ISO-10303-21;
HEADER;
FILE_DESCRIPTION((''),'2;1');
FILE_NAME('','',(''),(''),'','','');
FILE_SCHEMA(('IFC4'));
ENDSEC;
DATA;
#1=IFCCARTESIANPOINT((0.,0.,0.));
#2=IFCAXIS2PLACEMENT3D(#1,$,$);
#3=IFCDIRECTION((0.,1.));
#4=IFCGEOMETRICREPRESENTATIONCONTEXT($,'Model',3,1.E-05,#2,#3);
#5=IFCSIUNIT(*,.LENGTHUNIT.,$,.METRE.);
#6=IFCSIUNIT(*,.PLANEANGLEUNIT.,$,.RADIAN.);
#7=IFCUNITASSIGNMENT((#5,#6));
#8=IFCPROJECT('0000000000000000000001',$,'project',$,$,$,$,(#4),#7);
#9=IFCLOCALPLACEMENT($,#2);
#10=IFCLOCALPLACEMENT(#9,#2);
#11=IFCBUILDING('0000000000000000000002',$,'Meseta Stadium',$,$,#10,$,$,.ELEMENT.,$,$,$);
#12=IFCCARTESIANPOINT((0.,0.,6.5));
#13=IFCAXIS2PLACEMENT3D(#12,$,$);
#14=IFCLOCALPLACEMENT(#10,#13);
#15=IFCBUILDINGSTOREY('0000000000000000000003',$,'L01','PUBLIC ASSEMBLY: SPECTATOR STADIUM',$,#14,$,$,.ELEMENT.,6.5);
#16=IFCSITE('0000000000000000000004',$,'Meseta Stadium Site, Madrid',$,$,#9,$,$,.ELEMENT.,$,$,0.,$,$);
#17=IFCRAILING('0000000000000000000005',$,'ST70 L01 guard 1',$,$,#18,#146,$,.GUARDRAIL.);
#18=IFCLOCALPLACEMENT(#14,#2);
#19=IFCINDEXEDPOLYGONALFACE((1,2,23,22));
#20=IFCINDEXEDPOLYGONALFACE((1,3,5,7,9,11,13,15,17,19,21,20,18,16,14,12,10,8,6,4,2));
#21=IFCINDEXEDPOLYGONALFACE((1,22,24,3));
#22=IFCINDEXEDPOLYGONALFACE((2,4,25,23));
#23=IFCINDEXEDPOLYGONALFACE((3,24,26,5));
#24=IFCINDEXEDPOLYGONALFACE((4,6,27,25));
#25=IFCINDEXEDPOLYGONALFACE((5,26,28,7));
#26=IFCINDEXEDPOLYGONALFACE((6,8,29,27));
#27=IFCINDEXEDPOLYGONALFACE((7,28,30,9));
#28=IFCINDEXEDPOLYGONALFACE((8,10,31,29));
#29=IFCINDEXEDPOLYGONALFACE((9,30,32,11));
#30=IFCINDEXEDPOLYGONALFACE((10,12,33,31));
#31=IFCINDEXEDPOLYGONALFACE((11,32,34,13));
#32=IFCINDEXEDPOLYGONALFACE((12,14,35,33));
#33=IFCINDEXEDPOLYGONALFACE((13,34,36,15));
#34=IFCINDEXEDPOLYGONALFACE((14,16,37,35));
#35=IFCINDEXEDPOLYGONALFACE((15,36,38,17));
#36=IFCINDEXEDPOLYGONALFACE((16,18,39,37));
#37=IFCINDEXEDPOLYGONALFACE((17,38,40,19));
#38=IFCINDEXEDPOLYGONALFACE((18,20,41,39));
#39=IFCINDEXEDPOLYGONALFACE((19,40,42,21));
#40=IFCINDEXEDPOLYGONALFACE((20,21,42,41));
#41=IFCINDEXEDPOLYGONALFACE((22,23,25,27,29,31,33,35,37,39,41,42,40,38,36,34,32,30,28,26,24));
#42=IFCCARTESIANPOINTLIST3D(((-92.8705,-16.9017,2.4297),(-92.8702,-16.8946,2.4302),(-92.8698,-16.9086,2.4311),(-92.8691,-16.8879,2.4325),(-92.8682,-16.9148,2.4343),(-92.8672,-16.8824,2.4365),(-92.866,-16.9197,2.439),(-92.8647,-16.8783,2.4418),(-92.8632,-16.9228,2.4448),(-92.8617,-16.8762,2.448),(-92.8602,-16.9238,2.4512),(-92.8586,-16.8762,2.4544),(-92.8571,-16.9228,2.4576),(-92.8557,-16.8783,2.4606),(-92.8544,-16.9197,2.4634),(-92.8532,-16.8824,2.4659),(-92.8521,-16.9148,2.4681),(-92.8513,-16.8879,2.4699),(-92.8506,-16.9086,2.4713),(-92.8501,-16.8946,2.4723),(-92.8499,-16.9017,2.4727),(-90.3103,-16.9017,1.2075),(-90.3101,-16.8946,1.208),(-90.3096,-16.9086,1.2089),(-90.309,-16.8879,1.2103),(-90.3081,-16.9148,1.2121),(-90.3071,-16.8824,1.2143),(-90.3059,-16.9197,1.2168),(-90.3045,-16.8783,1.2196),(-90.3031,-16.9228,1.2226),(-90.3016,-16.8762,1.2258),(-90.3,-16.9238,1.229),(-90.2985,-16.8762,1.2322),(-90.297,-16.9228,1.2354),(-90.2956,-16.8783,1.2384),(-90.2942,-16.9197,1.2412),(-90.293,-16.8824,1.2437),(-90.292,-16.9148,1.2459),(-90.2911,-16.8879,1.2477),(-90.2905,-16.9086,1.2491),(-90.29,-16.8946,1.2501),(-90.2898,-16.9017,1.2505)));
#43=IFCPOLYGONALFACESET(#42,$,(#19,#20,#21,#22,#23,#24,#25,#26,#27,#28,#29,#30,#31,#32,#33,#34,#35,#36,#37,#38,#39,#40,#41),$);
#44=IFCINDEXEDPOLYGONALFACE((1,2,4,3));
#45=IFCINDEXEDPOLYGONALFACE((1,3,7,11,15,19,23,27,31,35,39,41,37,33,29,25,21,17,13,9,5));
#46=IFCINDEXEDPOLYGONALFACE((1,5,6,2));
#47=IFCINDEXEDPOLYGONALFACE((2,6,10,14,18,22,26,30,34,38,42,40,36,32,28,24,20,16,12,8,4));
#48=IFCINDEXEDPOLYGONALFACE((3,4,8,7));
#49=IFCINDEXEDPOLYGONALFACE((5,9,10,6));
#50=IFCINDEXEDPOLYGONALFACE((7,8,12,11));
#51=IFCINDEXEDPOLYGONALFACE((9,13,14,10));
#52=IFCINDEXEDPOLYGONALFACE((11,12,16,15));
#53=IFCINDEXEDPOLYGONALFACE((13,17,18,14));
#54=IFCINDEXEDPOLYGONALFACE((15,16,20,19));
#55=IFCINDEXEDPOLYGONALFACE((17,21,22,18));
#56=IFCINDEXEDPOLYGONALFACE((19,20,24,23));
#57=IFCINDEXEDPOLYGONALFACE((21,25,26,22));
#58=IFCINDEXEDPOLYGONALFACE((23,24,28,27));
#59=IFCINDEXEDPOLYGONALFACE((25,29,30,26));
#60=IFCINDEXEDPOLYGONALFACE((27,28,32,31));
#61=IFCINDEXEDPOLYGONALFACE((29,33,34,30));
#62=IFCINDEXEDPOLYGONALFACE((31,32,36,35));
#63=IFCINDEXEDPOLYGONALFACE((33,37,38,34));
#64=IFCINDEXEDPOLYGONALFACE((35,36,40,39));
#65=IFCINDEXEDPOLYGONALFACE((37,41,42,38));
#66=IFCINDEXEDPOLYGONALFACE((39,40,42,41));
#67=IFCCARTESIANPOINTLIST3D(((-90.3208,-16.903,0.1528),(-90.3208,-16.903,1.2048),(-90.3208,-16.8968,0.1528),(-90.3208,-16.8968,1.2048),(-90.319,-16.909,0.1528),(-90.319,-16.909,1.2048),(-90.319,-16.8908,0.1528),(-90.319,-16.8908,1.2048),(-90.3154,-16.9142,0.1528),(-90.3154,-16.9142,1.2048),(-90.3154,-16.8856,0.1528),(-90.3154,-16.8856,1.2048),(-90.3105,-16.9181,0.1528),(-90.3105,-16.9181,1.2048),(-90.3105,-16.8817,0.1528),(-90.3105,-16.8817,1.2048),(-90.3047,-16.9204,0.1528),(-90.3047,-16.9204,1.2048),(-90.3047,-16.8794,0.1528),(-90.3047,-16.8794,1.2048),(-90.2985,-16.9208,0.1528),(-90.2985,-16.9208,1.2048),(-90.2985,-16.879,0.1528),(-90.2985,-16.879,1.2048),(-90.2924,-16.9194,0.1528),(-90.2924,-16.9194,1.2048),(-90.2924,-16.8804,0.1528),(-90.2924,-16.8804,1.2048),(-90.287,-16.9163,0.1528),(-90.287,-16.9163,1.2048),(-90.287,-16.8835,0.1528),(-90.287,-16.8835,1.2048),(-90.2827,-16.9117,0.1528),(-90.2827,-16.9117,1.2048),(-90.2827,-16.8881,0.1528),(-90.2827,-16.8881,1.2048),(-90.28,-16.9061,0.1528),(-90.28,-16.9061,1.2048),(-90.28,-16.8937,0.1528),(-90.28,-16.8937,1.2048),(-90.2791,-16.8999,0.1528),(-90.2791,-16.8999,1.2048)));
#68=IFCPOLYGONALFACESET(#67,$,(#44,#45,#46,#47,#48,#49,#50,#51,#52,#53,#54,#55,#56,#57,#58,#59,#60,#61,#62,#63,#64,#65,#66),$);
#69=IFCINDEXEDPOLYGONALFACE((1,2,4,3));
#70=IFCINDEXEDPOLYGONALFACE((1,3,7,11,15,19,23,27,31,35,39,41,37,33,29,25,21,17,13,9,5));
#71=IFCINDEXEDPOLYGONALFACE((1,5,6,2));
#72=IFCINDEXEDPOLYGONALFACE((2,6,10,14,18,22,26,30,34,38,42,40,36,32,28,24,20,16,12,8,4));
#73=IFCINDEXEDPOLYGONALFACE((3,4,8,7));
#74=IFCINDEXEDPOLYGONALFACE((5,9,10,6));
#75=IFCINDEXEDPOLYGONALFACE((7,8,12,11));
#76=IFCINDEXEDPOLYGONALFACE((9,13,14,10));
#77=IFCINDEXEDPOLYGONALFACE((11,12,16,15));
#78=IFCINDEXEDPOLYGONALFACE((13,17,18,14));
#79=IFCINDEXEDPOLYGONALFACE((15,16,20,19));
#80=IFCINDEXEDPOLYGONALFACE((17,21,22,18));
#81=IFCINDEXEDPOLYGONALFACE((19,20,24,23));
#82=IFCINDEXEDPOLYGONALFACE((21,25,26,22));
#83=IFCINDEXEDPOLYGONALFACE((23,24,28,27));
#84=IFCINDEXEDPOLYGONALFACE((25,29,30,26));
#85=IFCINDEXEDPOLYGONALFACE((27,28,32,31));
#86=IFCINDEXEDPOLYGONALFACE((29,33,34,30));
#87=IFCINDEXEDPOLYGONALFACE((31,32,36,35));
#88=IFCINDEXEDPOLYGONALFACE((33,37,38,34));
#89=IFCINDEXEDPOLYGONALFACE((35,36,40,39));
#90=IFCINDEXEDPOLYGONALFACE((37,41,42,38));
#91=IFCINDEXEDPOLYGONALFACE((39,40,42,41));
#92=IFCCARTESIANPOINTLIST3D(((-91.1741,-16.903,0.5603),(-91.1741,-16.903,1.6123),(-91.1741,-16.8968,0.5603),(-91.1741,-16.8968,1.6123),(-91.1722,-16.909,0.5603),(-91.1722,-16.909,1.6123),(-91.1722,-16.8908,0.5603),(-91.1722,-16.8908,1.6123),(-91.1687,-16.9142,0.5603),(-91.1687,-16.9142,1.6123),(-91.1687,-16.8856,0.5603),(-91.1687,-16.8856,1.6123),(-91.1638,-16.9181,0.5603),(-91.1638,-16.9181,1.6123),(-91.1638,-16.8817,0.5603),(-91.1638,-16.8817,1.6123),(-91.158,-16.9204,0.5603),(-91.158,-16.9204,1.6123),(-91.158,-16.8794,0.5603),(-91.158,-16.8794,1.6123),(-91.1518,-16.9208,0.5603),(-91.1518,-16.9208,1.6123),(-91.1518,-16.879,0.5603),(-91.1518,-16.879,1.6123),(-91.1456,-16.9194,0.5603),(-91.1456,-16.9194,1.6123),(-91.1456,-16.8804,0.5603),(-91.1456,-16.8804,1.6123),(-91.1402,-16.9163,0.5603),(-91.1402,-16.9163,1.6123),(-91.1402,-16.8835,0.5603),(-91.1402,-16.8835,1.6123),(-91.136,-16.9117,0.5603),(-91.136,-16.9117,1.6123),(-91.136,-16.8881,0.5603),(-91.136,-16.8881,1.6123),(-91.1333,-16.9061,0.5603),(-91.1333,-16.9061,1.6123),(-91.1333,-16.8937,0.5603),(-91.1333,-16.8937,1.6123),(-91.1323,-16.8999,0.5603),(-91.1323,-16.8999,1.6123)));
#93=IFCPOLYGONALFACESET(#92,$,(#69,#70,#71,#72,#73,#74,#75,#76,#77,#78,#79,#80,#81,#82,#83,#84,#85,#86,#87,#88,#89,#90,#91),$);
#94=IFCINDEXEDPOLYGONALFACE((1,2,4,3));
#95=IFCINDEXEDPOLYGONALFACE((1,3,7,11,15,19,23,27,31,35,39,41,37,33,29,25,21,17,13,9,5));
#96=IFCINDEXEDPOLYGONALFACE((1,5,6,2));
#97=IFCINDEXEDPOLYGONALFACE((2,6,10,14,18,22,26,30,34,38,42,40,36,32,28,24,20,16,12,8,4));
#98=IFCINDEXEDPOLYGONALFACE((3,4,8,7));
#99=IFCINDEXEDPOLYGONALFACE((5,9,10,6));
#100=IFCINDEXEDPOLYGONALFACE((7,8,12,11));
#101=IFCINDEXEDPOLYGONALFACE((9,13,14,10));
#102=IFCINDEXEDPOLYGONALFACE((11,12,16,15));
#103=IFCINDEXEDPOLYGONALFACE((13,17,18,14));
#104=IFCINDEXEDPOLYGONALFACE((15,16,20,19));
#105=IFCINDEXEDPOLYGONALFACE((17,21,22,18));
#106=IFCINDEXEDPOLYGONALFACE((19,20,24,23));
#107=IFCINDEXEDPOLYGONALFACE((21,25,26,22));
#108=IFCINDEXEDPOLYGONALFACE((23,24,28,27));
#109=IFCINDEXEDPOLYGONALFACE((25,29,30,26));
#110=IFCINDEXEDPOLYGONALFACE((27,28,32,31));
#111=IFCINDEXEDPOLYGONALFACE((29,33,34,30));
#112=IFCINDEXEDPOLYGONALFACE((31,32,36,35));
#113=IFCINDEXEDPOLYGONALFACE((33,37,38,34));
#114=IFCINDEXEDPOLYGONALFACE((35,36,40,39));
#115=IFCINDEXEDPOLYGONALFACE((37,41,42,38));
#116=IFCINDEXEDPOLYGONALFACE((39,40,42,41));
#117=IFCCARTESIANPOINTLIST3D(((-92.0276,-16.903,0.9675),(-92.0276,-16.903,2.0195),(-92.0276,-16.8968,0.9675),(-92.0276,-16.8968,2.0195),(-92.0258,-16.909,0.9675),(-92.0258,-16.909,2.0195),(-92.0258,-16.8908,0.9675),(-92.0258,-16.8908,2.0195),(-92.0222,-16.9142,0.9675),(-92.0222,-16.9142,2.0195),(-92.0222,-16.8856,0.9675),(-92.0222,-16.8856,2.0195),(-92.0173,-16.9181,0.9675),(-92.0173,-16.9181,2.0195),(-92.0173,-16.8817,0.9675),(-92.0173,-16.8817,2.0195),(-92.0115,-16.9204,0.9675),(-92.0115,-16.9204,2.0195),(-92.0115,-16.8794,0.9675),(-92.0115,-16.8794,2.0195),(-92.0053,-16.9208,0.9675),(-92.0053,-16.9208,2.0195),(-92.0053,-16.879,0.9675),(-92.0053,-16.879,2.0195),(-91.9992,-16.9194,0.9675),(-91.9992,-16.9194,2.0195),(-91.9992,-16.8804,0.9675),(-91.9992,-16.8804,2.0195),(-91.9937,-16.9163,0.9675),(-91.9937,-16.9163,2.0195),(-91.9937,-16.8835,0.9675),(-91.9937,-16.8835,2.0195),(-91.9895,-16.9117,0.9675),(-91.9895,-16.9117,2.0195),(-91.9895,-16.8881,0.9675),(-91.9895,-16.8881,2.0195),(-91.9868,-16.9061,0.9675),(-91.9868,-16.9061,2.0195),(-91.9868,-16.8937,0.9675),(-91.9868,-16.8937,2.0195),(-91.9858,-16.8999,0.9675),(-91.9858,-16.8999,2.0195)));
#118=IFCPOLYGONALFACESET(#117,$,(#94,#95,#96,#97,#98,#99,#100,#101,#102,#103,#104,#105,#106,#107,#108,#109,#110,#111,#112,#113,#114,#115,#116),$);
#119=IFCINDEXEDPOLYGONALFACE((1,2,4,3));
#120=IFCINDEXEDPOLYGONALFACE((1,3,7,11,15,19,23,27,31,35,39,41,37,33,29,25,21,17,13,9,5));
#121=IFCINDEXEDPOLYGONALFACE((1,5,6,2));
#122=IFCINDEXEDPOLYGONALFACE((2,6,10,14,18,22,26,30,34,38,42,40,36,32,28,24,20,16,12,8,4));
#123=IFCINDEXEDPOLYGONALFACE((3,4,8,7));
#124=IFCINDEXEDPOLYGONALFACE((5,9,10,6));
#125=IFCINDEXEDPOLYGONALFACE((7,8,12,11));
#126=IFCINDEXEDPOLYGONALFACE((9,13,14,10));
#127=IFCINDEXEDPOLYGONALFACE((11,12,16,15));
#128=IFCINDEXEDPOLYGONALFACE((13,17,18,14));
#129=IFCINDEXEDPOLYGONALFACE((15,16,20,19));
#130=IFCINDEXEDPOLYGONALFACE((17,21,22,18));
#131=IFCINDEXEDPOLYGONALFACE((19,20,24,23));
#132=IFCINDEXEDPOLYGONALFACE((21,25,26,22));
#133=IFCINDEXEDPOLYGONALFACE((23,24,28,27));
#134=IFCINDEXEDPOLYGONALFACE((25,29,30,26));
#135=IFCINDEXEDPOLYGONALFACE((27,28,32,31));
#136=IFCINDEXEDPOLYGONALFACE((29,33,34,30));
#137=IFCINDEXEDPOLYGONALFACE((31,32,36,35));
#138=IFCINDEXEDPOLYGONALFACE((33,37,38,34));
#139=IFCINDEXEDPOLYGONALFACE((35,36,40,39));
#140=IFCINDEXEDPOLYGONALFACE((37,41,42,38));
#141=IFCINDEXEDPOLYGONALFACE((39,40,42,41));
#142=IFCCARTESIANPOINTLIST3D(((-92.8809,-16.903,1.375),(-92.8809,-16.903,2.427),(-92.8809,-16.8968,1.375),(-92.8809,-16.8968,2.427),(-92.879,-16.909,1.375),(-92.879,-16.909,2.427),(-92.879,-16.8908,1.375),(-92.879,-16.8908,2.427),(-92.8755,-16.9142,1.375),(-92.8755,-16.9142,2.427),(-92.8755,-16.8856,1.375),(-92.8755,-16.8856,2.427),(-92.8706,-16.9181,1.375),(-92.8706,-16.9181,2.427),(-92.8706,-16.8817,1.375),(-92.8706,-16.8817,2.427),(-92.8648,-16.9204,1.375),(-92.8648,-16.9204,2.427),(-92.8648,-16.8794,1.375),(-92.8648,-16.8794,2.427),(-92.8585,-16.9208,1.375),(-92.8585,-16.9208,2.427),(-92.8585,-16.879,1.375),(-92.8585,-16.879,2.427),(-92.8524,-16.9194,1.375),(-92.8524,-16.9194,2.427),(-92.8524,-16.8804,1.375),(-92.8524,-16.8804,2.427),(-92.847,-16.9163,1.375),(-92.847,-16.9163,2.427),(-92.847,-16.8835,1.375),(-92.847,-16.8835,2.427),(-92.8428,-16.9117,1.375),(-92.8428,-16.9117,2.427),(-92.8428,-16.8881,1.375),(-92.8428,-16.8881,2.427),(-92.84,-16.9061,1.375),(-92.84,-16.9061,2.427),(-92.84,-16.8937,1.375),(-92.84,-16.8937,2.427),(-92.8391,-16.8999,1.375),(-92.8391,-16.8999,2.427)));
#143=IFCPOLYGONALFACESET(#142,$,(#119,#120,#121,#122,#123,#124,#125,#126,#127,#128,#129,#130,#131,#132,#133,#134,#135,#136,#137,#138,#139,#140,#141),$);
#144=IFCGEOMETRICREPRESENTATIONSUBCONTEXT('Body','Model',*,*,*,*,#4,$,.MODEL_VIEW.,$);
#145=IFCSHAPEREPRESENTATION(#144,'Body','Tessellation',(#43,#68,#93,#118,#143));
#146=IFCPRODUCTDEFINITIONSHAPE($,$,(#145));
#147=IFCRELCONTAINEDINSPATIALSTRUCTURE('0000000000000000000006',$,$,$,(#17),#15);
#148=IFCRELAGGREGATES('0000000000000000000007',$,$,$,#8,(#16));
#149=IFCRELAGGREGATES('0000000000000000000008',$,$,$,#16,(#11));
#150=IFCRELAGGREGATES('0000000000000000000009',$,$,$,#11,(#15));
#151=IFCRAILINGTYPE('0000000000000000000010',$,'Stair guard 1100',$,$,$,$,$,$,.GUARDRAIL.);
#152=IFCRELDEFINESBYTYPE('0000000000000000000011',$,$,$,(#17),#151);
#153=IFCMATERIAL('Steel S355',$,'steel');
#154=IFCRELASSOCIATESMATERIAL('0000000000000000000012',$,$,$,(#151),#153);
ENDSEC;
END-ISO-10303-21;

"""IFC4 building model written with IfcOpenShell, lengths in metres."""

from ifc_helpers import new_model, si_unit, direction, frame, origin, origin_2d, place, context, subcontext, project, spatial, circle, extrude, material, type_object, element, save


model = new_model("IFC4")

# Units and contexts
model_context = context("Model", 3, precision=1e-05, world=origin(), true_north=direction((0.0, 1.0)))
body_context = subcontext(model_context, "Body", "Model", "MODEL_VIEW")
ifc_project = project(units=[si_unit("LENGTHUNIT", "METRE"), si_unit("PLANEANGLEUNIT", "RADIAN")], contexts=[model_context])

# Site, building, storey
site_placement = place(None, origin())
site = spatial("IfcSite", under=ifc_project, at=site_placement, Name="Meseta Stadium Site, Madrid", CompositionType="ELEMENT", RefElevation=0.0)
building_placement = place(site_placement, origin())
building = spatial("IfcBuilding", under=site, at=building_placement, Name="Meseta Stadium", CompositionType="ELEMENT")
storey_placement = place(building_placement, frame((0.0, 0.0, 6.5)))
storey = spatial("IfcBuildingStorey", under=building, at=storey_placement, Name="L01", Description="PUBLIC ASSEMBLY: SPECTATOR STADIUM", CompositionType="ELEMENT", Elevation=6.5)

# Railing
ifc_material_1 = material(Name="Steel S355", Category="steel")
railing_type_1 = type_object("IfcRailingType", Name="Stair guard 1100", PredefinedType="GUARDRAIL", material=ifc_material_1)
railing_1_placement = place(storey_placement, frame((-90.3, -16.8999, 0.1528)))
element("IfcRailing", 1, at=railing_1_placement, inside=storey, type_object=railing_type_1, Name="ST70 L01 guard 1", PredefinedType="GUARDRAIL", context=body_context, shape_type="SweptSolid", body=[
    extrude(circle(Radius=0.0239, at=origin_2d()), frame((0.0, 0.0, 1.0762), z_axis=(-0.902437, 0.0, 0.430822), x_axis=(0.0, -1.0, 0.0)), (0.0, 0.0, 1.0), 2.8369),
    extrude(circle(Radius=0.021, at=origin_2d()), origin(), (0.0, 0.0, 1.0), 1.052),
    extrude(circle(Radius=0.021, at=origin_2d()), frame((-0.8533, 0.0, 0.4075)), (0.0, 0.0, 1.0), 1.052),
    extrude(circle(Radius=0.021, at=origin_2d()), frame((-1.7068, 0.0, 0.8147)), (0.0, 0.0, 1.0), 1.052),
    extrude(circle(Radius=0.021, at=origin_2d()), frame((-2.5601, 0.0, 1.2222)), (0.0, 0.0, 1.0), 1.052),
])

save(model, "model.ifc")
